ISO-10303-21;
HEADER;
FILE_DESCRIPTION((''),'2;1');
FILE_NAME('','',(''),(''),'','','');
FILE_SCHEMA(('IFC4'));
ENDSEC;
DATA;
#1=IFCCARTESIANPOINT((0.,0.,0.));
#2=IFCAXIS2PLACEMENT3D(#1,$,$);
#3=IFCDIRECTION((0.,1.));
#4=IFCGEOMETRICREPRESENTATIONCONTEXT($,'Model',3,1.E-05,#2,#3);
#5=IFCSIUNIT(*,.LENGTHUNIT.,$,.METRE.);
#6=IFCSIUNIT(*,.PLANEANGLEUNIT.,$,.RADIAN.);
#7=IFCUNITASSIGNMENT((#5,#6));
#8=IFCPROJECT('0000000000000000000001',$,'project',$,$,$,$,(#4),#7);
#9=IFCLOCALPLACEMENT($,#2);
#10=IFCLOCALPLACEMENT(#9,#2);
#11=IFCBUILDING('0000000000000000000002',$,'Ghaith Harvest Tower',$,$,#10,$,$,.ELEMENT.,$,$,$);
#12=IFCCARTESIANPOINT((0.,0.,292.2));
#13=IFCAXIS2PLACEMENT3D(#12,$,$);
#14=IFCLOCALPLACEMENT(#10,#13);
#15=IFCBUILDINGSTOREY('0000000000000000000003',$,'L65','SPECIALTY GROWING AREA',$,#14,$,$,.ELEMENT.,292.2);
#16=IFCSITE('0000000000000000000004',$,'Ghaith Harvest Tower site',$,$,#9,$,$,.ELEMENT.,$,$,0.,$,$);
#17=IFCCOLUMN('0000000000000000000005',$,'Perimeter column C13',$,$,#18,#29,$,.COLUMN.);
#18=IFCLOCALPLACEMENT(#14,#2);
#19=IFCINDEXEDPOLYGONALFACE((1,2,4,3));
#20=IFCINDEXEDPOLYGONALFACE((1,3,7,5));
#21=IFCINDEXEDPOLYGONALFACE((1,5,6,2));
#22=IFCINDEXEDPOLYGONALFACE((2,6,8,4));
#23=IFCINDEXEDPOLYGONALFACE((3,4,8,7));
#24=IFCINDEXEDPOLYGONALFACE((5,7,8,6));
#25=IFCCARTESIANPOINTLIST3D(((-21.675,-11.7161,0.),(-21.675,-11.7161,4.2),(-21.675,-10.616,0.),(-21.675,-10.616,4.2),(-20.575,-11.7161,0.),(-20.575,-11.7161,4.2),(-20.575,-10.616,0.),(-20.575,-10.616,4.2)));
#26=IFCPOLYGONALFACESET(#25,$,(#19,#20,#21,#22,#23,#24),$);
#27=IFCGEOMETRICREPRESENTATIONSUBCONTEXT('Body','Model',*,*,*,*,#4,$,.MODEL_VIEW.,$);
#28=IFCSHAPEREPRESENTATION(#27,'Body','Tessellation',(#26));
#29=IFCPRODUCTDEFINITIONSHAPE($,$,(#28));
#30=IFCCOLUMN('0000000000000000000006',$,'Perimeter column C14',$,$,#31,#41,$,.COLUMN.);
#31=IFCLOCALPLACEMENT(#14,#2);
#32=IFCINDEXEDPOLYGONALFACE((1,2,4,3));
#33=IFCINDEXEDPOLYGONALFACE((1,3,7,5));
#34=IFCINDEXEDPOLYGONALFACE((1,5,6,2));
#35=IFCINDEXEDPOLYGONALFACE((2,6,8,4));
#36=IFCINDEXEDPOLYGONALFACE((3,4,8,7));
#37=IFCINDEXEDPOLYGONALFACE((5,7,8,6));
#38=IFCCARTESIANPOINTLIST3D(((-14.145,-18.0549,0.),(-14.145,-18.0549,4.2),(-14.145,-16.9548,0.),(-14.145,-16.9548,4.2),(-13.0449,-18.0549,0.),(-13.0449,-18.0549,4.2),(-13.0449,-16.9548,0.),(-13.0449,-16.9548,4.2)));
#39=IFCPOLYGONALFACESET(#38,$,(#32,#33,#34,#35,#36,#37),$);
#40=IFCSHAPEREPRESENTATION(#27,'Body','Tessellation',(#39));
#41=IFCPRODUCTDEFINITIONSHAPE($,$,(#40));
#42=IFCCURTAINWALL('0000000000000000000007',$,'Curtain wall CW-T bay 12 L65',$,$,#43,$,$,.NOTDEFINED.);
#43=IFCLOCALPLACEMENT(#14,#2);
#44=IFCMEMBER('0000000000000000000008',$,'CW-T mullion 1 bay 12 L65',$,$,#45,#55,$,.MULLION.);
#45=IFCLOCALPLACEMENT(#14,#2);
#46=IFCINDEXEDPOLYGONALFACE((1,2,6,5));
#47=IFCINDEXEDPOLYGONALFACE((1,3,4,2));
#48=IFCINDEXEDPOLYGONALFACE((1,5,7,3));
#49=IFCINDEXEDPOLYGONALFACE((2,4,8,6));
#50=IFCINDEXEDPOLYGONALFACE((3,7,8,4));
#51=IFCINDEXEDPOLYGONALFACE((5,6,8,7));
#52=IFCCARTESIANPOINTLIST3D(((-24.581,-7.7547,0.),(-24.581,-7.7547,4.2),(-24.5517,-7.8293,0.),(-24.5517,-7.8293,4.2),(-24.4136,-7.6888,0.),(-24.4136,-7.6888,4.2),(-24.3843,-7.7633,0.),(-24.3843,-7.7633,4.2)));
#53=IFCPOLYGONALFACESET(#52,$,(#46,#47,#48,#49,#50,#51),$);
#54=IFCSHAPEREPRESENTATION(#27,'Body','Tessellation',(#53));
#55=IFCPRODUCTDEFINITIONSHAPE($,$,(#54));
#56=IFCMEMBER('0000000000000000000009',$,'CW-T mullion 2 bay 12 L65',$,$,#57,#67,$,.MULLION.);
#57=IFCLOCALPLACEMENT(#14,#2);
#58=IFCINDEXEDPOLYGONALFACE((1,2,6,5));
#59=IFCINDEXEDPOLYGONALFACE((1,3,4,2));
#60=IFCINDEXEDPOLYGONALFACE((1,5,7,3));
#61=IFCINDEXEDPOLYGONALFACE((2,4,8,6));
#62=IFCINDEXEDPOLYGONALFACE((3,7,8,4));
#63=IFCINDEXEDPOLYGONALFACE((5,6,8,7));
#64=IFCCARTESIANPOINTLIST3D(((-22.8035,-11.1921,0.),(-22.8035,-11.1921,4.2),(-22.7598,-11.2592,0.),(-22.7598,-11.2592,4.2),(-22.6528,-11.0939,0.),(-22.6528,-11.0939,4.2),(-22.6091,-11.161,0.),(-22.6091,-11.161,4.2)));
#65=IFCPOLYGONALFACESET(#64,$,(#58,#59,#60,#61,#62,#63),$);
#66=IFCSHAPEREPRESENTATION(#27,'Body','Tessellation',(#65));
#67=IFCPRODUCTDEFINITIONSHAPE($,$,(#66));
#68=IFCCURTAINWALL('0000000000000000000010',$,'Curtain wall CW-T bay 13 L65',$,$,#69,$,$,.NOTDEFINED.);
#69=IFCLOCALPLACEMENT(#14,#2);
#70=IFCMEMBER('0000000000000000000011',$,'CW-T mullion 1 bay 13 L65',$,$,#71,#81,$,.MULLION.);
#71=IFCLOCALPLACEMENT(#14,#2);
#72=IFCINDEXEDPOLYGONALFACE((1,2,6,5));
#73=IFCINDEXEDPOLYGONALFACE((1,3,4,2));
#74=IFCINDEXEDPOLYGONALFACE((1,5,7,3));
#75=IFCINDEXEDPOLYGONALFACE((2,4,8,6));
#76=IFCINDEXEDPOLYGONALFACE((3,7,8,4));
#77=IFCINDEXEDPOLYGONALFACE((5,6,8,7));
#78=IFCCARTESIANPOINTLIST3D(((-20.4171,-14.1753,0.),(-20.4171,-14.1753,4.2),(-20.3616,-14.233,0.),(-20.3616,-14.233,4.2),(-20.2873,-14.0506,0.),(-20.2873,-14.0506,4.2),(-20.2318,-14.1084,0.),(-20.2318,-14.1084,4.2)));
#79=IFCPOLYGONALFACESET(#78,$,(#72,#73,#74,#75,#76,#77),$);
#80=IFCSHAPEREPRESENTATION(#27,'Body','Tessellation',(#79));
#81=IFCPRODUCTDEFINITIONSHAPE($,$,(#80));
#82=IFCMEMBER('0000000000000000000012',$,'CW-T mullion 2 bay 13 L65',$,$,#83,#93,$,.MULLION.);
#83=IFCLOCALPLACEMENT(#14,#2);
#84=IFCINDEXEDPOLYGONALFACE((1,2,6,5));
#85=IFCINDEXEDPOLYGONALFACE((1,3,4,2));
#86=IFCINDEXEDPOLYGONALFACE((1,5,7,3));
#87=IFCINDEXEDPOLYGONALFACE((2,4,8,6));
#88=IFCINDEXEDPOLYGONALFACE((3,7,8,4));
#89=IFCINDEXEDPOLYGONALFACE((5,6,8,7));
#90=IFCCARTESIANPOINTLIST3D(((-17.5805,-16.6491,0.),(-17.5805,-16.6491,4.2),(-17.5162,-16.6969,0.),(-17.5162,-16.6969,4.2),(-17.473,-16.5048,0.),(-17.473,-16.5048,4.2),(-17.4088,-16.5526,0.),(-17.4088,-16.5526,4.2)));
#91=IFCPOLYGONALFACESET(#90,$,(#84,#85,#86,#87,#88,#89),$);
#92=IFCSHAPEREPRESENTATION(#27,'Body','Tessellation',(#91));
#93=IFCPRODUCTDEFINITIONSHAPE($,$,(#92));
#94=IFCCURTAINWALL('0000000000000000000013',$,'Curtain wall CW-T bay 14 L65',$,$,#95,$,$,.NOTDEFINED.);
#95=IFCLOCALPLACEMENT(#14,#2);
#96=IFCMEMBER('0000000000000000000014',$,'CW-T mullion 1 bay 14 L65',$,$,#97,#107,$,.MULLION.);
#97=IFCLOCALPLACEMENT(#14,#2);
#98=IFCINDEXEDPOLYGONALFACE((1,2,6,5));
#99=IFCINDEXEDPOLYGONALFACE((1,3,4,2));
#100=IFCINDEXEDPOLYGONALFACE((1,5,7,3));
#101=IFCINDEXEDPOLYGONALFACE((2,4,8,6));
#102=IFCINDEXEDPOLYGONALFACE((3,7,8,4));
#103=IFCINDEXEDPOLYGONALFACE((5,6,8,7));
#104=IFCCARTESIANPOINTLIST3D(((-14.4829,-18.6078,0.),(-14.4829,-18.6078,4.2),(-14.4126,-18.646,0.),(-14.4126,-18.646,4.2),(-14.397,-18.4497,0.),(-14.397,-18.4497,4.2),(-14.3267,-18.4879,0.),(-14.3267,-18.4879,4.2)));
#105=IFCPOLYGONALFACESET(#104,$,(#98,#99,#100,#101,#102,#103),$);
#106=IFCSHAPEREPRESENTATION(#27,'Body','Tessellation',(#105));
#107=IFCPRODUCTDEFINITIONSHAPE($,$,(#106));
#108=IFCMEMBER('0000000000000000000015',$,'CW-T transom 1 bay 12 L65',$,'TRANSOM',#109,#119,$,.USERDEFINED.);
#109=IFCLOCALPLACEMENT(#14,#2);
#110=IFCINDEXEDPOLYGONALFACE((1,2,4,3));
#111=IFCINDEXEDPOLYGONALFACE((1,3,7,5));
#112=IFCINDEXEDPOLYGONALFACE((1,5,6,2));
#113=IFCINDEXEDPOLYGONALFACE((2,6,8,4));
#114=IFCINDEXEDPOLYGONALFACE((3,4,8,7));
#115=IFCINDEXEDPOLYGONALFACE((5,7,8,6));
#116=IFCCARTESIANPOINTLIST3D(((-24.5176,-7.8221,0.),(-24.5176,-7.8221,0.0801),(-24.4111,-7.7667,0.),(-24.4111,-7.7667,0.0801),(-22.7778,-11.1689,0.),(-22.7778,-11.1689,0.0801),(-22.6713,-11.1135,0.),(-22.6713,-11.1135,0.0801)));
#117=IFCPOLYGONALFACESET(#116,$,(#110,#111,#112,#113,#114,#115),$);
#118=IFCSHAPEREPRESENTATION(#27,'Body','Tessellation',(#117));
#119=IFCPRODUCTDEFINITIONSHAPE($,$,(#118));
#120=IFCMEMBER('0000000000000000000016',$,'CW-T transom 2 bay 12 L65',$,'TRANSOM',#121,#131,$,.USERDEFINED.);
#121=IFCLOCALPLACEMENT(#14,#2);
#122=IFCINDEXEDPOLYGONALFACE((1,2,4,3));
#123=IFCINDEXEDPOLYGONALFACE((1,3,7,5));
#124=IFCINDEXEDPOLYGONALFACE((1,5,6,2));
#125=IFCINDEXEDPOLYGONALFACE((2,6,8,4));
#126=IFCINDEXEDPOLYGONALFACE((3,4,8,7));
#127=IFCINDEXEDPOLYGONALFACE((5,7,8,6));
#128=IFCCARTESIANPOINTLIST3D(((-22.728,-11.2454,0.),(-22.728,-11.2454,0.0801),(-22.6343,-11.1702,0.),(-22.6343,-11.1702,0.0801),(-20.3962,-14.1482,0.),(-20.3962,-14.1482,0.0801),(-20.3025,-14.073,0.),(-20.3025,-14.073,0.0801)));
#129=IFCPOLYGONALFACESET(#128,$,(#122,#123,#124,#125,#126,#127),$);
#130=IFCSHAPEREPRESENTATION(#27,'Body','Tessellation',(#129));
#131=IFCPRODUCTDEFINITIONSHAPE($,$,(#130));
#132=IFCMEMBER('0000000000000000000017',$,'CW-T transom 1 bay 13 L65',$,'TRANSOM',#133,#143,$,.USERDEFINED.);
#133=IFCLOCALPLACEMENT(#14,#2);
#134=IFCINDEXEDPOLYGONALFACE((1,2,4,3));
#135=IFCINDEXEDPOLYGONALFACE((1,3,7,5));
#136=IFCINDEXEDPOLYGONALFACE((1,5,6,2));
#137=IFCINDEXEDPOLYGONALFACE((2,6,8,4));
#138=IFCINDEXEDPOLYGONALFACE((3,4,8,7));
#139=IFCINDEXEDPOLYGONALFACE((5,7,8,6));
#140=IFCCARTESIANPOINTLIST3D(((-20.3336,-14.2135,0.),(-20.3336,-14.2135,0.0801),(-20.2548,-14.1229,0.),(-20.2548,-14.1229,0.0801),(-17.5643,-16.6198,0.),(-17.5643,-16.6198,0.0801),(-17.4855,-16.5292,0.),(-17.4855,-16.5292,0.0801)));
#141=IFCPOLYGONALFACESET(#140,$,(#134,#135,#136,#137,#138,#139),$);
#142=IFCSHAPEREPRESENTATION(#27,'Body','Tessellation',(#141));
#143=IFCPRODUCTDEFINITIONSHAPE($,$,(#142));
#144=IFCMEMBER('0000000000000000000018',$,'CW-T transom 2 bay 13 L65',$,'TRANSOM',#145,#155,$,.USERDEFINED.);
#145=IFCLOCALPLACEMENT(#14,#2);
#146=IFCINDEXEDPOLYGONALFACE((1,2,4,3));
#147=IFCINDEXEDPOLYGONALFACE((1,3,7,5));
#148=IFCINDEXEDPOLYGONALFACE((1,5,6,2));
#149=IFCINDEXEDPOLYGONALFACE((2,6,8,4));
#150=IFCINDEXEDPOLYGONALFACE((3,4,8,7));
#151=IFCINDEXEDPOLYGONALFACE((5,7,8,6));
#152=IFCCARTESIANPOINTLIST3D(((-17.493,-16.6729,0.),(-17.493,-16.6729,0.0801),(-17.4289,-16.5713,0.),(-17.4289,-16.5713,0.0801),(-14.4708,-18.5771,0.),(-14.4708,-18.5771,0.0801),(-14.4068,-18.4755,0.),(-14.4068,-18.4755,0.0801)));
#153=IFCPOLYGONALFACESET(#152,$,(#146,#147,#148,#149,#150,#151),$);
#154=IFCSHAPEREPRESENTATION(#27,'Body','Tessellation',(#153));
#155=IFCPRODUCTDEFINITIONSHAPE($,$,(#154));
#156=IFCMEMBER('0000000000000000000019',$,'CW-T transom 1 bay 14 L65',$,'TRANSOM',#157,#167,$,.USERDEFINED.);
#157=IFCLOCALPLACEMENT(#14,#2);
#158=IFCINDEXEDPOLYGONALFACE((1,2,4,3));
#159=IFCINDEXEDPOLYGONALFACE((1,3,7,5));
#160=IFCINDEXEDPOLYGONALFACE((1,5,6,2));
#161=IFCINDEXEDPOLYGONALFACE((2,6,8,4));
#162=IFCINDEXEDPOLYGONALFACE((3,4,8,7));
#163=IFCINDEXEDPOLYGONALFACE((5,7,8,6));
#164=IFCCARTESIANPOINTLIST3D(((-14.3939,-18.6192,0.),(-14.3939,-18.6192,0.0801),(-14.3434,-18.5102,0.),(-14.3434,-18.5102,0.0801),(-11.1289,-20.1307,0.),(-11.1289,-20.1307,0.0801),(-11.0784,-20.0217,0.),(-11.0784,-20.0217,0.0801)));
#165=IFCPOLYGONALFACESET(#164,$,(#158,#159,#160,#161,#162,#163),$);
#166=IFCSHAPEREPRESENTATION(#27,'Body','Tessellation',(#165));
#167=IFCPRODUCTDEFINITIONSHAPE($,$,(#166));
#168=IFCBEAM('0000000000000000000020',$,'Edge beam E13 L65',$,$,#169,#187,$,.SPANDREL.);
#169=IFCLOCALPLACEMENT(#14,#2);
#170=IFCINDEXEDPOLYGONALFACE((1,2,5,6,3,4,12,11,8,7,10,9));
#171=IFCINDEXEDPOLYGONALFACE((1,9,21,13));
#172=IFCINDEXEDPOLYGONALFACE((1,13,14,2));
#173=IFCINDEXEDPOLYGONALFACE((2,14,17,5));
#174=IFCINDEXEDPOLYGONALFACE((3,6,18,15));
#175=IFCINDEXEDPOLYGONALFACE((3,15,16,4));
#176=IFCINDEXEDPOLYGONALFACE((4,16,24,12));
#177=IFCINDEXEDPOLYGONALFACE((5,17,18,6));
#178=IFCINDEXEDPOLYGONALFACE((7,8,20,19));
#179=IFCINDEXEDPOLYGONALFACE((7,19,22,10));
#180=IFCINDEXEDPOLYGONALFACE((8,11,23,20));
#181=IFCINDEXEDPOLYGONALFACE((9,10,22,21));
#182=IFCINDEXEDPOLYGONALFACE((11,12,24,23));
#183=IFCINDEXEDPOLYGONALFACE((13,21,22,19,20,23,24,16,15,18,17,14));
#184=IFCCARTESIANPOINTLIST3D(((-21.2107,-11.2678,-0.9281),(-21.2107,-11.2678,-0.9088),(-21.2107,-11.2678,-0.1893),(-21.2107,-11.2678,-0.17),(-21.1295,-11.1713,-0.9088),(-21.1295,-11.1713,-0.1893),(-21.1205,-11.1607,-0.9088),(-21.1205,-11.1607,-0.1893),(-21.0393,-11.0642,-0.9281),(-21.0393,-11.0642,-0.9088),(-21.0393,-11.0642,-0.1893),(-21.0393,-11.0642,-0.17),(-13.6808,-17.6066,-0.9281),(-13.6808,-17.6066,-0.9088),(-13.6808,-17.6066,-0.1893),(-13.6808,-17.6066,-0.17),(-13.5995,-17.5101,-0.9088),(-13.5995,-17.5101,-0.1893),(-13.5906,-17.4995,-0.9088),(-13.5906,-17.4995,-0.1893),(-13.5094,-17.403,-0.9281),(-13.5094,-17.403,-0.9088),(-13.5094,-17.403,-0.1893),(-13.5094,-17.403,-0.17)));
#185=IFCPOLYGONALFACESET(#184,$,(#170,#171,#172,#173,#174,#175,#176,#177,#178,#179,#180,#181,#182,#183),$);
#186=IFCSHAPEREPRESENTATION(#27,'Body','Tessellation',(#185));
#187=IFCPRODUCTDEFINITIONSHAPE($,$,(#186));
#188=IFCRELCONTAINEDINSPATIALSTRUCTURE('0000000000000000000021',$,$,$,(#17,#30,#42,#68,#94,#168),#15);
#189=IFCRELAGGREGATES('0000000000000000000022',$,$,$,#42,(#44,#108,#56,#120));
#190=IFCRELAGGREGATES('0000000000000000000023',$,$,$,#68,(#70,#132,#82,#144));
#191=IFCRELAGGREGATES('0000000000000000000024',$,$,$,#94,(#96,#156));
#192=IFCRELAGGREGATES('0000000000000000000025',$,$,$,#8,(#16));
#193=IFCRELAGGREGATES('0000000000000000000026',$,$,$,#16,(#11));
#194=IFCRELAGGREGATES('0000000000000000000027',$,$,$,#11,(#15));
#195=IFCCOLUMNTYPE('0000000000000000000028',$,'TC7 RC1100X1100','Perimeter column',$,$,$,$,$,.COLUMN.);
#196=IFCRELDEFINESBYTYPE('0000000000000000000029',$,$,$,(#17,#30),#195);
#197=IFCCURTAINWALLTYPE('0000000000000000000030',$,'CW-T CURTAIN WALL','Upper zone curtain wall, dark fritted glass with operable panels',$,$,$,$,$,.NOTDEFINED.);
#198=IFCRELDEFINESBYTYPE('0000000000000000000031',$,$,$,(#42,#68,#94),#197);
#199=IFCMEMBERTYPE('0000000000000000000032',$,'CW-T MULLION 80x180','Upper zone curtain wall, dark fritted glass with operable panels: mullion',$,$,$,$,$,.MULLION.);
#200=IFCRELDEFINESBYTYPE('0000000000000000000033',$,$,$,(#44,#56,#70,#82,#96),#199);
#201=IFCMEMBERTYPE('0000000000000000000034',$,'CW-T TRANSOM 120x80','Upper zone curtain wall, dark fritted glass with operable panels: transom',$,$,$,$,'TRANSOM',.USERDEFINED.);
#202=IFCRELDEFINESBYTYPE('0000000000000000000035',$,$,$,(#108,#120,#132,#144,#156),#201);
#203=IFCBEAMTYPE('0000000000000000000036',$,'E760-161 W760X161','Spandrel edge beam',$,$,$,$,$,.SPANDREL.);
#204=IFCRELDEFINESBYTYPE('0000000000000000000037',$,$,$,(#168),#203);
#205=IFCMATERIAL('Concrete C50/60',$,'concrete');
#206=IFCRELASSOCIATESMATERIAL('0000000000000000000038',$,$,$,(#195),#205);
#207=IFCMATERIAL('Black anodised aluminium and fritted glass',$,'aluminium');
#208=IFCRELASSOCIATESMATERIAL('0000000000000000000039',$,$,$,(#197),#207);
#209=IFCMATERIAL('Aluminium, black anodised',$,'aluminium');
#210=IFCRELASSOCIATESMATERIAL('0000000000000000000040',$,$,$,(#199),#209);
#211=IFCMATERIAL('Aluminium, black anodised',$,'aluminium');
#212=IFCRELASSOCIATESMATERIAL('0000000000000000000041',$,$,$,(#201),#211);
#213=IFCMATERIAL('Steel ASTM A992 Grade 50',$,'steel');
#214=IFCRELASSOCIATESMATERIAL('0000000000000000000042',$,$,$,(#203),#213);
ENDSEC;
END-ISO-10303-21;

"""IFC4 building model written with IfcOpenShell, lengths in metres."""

from ifc_helpers import new_model, si_unit, direction, frame, origin, origin_2d, place, context, subcontext, project, spatial, rectangle, i_section, extrude, material, material_profile, profile_set, type_object, element, aggregate, save


model = new_model("IFC4")

# Units and contexts
model_context = context("Model", 3, precision=1e-05, world=origin(), true_north=direction((0.0, 1.0)))
body_context = subcontext(model_context, "Body", "Model", "MODEL_VIEW")
ifc_project = project(units=[si_unit("LENGTHUNIT", "METRE"), si_unit("PLANEANGLEUNIT", "RADIAN")], contexts=[model_context])

# Site, building, storey
site_placement = place(None, origin())
site = spatial("IfcSite", under=ifc_project, at=site_placement, Name="Ghaith Harvest Tower site", CompositionType="ELEMENT", RefElevation=0.0)
building_placement = place(site_placement, origin())
building = spatial("IfcBuilding", under=site, at=building_placement, Name="Ghaith Harvest Tower", CompositionType="ELEMENT")
storey_placement = place(building_placement, frame((0.0, 0.0, 292.2)))
storey = spatial("IfcBuildingStorey", under=building, at=storey_placement, Name="L65", Description="SPECIALTY GROWING AREA", CompositionType="ELEMENT", Elevation=292.2)

# Columns
ifc_material_1 = material(Name="Concrete C50/60", Category="concrete")
ifc_material_profile_1 = material_profile(ifc_material_1, rectangle(XDim=1.1001, YDim=1.1001, at=origin_2d()), Name="RC1100X1100")
ifc_profile_set_1 = profile_set([ifc_material_profile_1], Name="Concrete C50/60")
column_type = type_object("IfcColumnType", Name="TC7 RC1100X1100", Description="Perimeter column", PredefinedType="COLUMN", material=ifc_profile_set_1)
for number, where, z_axis, x_axis, name in (
    (1, (-21.125, -11.166, 0.0), (0.0, 0.0, 1.0), (1.0, 0.0, 0.0), "Perimeter column C13"),
    (2, (-13.595, -17.5049, 0.0), (0.0, 0.0, 1.0), (1.0, 0.0, 0.0), "Perimeter column C14"),
):
    element("IfcColumn", number, at=place(storey_placement, frame(where, z_axis=z_axis, x_axis=x_axis)), inside=storey, type_object=column_type, Name=name, PredefinedType="COLUMN", context=body_context, shape_type="SweptSolid", body=[
        extrude(rectangle(XDim=1.1001, YDim=1.1001, at=origin_2d()), origin(), (0.0, 0.0, 1.0), 4.2),
    ])

# Curtain walls, members
ifc_material_2 = material(Name="Black anodised aluminium and fritted glass", Category="aluminium")
curtain_wall_type = type_object("IfcCurtainWallType", Name="CW-T CURTAIN WALL", Description="Upper zone curtain wall, dark fritted glass with operable panels", PredefinedType="NOTDEFINED", material=ifc_material_2)
curtain_wall_1_placement = place(storey_placement, origin())
curtain_wall_1 = element("IfcCurtainWall", 3, at=curtain_wall_1_placement, inside=storey, type_object=curtain_wall_type, Name="Curtain wall CW-T bay 12 L65", PredefinedType="NOTDEFINED")
ifc_material_3 = material(Name="Aluminium, black anodised", Category="aluminium")
ifc_material_profile_2 = material_profile(ifc_material_3, rectangle(XDim=0.0801, YDim=0.1799, at=origin_2d()), Name="CW-T MULLION 80x180")
ifc_profile_set_2 = profile_set([ifc_material_profile_2], Name="Aluminium, black anodised")
member_type_1 = type_object("IfcMemberType", Name="CW-T MULLION 80x180", Description="Upper zone curtain wall, dark fritted glass with operable panels: mullion", PredefinedType="MULLION", material=ifc_profile_set_2)
member_1_placement = place(storey_placement, frame((-24.4827, -7.759, 0.0), z_axis=(0.0, 0.0, 1.0), x_axis=(0.366473, -0.930429, 0.0)))
member_1 = element("IfcMember", 4, at=member_1_placement, type_object=member_type_1, Name="CW-T mullion 1 bay 12 L65", PredefinedType="MULLION", context=body_context, shape_type="SweptSolid", body=[
    extrude(rectangle(XDim=0.0801, YDim=0.1799, at=origin_2d()), origin(), (0.0, 0.0, 1.0), 4.2),
])
member_2_placement = place(storey_placement, frame((-22.7063, -11.1765, 0.0), z_axis=(0.0, 0.0, 1.0), x_axis=(0.545865, -0.837873, 0.0)))
member_2 = element("IfcMember", 5, at=member_2_placement, type_object=member_type_1, Name="CW-T mullion 2 bay 12 L65", PredefinedType="MULLION", context=body_context, shape_type="SweptSolid", body=[
    extrude(rectangle(XDim=0.0801, YDim=0.1799, at=origin_2d()), origin(), (0.0, 0.0, 1.0), 4.2),
])
curtain_wall_2_placement = place(storey_placement, origin())
curtain_wall_2 = element("IfcCurtainWall", 6, at=curtain_wall_2_placement, inside=storey, type_object=curtain_wall_type, Name="Curtain wall CW-T bay 13 L65", PredefinedType="NOTDEFINED")
member_3_placement = place(storey_placement, frame((-20.3245, -14.1418, 0.0), z_axis=(0.0, 0.0, 1.0), x_axis=(0.692826, -0.721104, 0.0)))
member_3 = element("IfcMember", 7, at=member_3_placement, type_object=member_type_1, Name="CW-T mullion 1 bay 13 L65", PredefinedType="MULLION", context=body_context, shape_type="SweptSolid", body=[
    extrude(rectangle(XDim=0.0801, YDim=0.1799, at=origin_2d()), origin(), (0.0, 0.0, 1.0), 4.2),
])
member_4_placement = place(storey_placement, frame((-17.4946, -16.6008, 0.0), z_axis=(0.0, 0.0, 1.0), x_axis=(0.80219, -0.597069, 0.0)))
member_4 = element("IfcMember", 8, at=member_4_placement, type_object=member_type_1, Name="CW-T mullion 2 bay 13 L65", PredefinedType="MULLION", context=body_context, shape_type="SweptSolid", body=[
    extrude(rectangle(XDim=0.0801, YDim=0.1799, at=origin_2d()), origin(), (0.0, 0.0, 1.0), 4.2),
])

# Curtain wall, member
curtain_wall_3_placement = place(storey_placement, origin())
curtain_wall_3 = element("IfcCurtainWall", 9, at=curtain_wall_3_placement, inside=storey, type_object=curtain_wall_type, Name="Curtain wall CW-T bay 14 L65", PredefinedType="NOTDEFINED")
member_5_placement = place(storey_placement, frame((-14.4048, -18.5479, 0.0), z_axis=(0.0, 0.0, 1.0), x_axis=(0.878672, -0.477426, 0.0)))
member_5 = element("IfcMember", 10, at=member_5_placement, type_object=member_type_1, Name="CW-T mullion 1 bay 14 L65", PredefinedType="MULLION", context=body_context, shape_type="SweptSolid", body=[
    extrude(rectangle(XDim=0.0801, YDim=0.1799, at=origin_2d()), origin(), (0.0, 0.0, 1.0), 4.2),
])

# Members
ifc_material_4 = material(Name="Aluminium, black anodised", Category="aluminium")
ifc_material_profile_3 = material_profile(ifc_material_4, rectangle(XDim=0.1201, YDim=0.0801, at=origin_2d()), Name="CW-T TRANSOM 120x80")
ifc_profile_set_3 = profile_set([ifc_material_profile_3], Name="Aluminium, black anodised")
member_type_2 = type_object("IfcMemberType", Name="CW-T TRANSOM 120x80", Description="Upper zone curtain wall, dark fritted glass with operable panels: transom", ElementType="TRANSOM", PredefinedType="USERDEFINED", material=ifc_profile_set_3)
member_6_placement = place(storey_placement, frame((-24.4644, -7.7944, 0.04), z_axis=(0.461243, -0.887274, 0.0), x_axis=(0.887274, 0.461243, 0.0)))
member_6 = element("IfcMember", 11, at=member_6_placement, type_object=member_type_2, Name="CW-T transom 1 bay 12 L65", ObjectType="TRANSOM", PredefinedType="USERDEFINED", context=body_context, shape_type="SweptSolid", body=[
    extrude(rectangle(XDim=0.1201, YDim=0.0801, at=origin_2d()), origin(), (0.0, 0.0, 1.0), 3.772),
])
member_7_placement = place(storey_placement, frame((-22.6812, -11.2078, 0.04), z_axis=(0.626253, -0.77962, 0.0), x_axis=(0.77962, 0.626253, 0.0)))
member_7 = element("IfcMember", 12, at=member_7_placement, type_object=member_type_2, Name="CW-T transom 2 bay 12 L65", ObjectType="TRANSOM", PredefinedType="USERDEFINED", context=body_context, shape_type="SweptSolid", body=[
    extrude(rectangle(XDim=0.1201, YDim=0.0801, at=origin_2d()), origin(), (0.0, 0.0, 1.0), 3.7234),
])
member_8_placement = place(storey_placement, frame((-20.2942, -14.1682, 0.04), z_axis=(0.754852, -0.655895, 0.0), x_axis=(0.655895, 0.754852, 0.0)))
member_8 = element("IfcMember", 13, at=member_8_placement, type_object=member_type_2, Name="CW-T transom 1 bay 13 L65", ObjectType="TRANSOM", PredefinedType="USERDEFINED", context=body_context, shape_type="SweptSolid", body=[
    extrude(rectangle(XDim=0.1201, YDim=0.0801, at=origin_2d()), origin(), (0.0, 0.0, 1.0), 3.6687),
])
member_9_placement = place(storey_placement, frame((-17.4609, -16.6221, 0.04), z_axis=(0.846054, -0.533098, 0.0), x_axis=(0.533098, 0.846054, 0.0)))
member_9 = element("IfcMember", 14, at=member_9_placement, type_object=member_type_2, Name="CW-T transom 2 bay 13 L65", ObjectType="TRANSOM", PredefinedType="USERDEFINED", context=body_context, shape_type="SweptSolid", body=[
    extrude(rectangle(XDim=0.1201, YDim=0.0801, at=origin_2d()), origin(), (0.0, 0.0, 1.0), 3.572),
])
member_10_placement = place(storey_placement, frame((-14.3687, -18.5647, 0.04), z_axis=(0.907472, -0.420112, 0.0), x_axis=(0.420112, 0.907472, 0.0)))
member_10 = element("IfcMember", 15, at=member_10_placement, type_object=member_type_2, Name="CW-T transom 1 bay 14 L65", ObjectType="TRANSOM", PredefinedType="USERDEFINED", context=body_context, shape_type="SweptSolid", body=[
    extrude(rectangle(XDim=0.1201, YDim=0.0801, at=origin_2d()), origin(), (0.0, 0.0, 1.0), 3.5979),
])

# Beam
ifc_material_5 = material(Name="Steel ASTM A992 Grade 50", Category="steel")
ifc_material_profile_4 = material_profile(ifc_material_5, i_section(OverallWidth=0.2661, OverallDepth=0.7581, WebThickness=0.0139, FlangeThickness=0.0193, at=origin_2d()), Name="W760X161")
ifc_profile_set_4 = profile_set([ifc_material_profile_4], Name="Steel ASTM A992 Grade 50")
beam_type = type_object("IfcBeamType", Name="E760-161 W760X161", Description="Spandrel edge beam", PredefinedType="SPANDREL", material=ifc_profile_set_4)
beam_1_placement = place(storey_placement, frame((-21.125, -11.166, -0.5491), z_axis=(0.765022, -0.644004, 0.0), x_axis=(0.644004, 0.765022, 0.0)))
element("IfcBeam", 16, at=beam_1_placement, inside=storey, type_object=beam_type, Name="Edge beam E13 L65", PredefinedType="SPANDREL", context=body_context, shape_type="SweptSolid", body=[
    extrude(i_section(OverallWidth=0.2661, OverallDepth=0.7581, WebThickness=0.0139, FlangeThickness=0.0193, at=origin_2d()), origin(), (0.0, 0.0, 1.0), 9.8428),
])

aggregate(curtain_wall_1, [member_1, member_6, member_2, member_7])
aggregate(curtain_wall_2, [member_3, member_8, member_4, member_9])
aggregate(curtain_wall_3, [member_5, member_10])

save(model, "model.ifc")
